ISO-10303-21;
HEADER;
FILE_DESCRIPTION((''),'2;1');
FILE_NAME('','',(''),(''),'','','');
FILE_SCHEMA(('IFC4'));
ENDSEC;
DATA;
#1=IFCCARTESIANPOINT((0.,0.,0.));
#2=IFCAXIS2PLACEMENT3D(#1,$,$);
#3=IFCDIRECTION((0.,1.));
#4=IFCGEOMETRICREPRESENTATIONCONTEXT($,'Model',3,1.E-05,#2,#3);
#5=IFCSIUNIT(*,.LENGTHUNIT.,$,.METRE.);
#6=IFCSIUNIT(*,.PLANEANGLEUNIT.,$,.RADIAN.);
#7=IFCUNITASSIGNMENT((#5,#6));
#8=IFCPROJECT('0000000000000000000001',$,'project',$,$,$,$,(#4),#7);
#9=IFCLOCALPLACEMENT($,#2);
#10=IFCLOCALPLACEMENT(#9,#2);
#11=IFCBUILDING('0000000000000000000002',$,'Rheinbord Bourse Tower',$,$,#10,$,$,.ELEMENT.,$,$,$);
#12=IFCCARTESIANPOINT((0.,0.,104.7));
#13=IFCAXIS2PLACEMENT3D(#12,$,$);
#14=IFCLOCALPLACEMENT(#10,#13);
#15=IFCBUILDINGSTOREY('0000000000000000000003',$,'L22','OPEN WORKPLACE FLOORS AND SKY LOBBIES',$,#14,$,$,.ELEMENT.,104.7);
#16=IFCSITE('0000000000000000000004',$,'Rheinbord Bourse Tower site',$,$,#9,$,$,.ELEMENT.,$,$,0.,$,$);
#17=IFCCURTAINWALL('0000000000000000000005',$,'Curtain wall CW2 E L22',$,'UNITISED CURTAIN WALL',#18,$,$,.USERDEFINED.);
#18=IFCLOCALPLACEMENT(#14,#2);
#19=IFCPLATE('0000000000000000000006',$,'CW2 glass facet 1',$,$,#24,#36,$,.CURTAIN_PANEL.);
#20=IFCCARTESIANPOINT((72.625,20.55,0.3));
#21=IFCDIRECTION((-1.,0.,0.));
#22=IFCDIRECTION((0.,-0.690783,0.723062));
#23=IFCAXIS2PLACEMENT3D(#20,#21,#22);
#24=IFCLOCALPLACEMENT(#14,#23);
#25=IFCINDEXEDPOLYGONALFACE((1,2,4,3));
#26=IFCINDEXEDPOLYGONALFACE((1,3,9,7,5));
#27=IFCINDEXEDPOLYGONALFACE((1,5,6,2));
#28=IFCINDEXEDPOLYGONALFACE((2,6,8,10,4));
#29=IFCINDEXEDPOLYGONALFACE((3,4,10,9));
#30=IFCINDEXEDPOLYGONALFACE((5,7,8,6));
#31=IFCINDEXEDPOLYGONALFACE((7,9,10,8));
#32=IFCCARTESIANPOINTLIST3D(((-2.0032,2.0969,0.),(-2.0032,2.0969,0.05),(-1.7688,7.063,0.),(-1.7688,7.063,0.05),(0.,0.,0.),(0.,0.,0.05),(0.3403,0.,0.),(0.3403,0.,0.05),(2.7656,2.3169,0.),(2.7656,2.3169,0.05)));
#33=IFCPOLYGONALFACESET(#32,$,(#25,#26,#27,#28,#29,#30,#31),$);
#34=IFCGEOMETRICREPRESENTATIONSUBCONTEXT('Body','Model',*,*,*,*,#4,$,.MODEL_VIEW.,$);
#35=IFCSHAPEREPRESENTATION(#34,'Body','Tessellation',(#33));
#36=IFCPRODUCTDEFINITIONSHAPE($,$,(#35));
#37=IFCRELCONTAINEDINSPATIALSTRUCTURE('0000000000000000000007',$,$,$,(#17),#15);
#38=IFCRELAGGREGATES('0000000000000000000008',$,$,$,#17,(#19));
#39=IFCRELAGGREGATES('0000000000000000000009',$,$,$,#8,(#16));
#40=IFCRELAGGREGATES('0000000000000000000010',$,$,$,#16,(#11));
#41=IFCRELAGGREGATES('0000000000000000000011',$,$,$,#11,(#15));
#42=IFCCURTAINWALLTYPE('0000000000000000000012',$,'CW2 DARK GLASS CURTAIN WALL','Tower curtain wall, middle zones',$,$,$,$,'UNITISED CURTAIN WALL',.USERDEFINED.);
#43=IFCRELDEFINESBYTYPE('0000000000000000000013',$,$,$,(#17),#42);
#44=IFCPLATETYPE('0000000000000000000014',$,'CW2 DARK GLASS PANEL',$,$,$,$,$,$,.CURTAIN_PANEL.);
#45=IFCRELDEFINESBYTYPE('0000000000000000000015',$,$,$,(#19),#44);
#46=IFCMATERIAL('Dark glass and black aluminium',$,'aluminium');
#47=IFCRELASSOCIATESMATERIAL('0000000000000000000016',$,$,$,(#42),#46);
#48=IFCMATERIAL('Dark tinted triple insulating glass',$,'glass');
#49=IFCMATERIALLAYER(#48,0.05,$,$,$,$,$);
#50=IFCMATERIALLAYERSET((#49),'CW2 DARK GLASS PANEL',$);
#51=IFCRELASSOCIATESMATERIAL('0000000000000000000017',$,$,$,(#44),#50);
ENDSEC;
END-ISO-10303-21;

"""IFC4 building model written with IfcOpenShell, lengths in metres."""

from ifc_helpers import new_model, si_unit, direction, frame, origin, place, context, subcontext, project, spatial, polyline, outline, extrude, material, layer, layer_set, type_object, element, aggregate, save


model = new_model("IFC4")

# Units and contexts
model_context = context("Model", 3, precision=1e-05, world=origin(), true_north=direction((0.0, 1.0)))
body_context = subcontext(model_context, "Body", "Model", "MODEL_VIEW")
ifc_project = project(units=[si_unit("LENGTHUNIT", "METRE"), si_unit("PLANEANGLEUNIT", "RADIAN")], contexts=[model_context])

# Site, building, storey
site_placement = place(None, origin())
site = spatial("IfcSite", under=ifc_project, at=site_placement, Name="Rheinbord Bourse Tower site", CompositionType="ELEMENT", RefElevation=0.0)
building_placement = place(site_placement, origin())
building = spatial("IfcBuilding", under=site, at=building_placement, Name="Rheinbord Bourse Tower", CompositionType="ELEMENT")
storey_placement = place(building_placement, frame((0.0, 0.0, 104.7)))
storey = spatial("IfcBuildingStorey", under=building, at=storey_placement, Name="L22", Description="OPEN WORKPLACE FLOORS AND SKY LOBBIES", CompositionType="ELEMENT", Elevation=104.7)

# Curtain wall
ifc_material_1 = material(Name="Dark glass and black aluminium", Category="aluminium")
curtain_wall_type = type_object("IfcCurtainWallType", Name="CW2 DARK GLASS CURTAIN WALL", Description="Tower curtain wall, middle zones", ElementType="UNITISED CURTAIN WALL", PredefinedType="USERDEFINED", material=ifc_material_1)
curtain_wall_placement = place(storey_placement, origin())
curtain_wall = element("IfcCurtainWall", 1, at=curtain_wall_placement, inside=storey, type_object=curtain_wall_type, Name="Curtain wall CW2 E L22", ObjectType="UNITISED CURTAIN WALL", PredefinedType="USERDEFINED")

# Plate
ifc_material_2 = material(Name="Dark tinted triple insulating glass", Category="glass")
ifc_layer_1 = layer(ifc_material_2, 0.05)
ifc_layer_set_1 = layer_set([ifc_layer_1], Name="CW2 DARK GLASS PANEL")
plate_type = type_object("IfcPlateType", Name="CW2 DARK GLASS PANEL", PredefinedType="CURTAIN_PANEL", material=ifc_layer_set_1)
plate_1_placement = place(storey_placement, frame((72.625, 20.55, 0.3), z_axis=(-1.0, 0.0, 0.0), x_axis=(0.0, -0.690783, 0.723062)))
plate_1 = element("IfcPlate", 2, at=plate_1_placement, type_object=plate_type, Name="CW2 glass facet 1", PredefinedType="CURTAIN_PANEL", context=body_context, shape_type="SweptSolid", body=[
    extrude(outline(polyline([(0.0, 0.0), (0.3403, 0.0), (2.7656, 2.3169), (-1.7688, 7.063), (-2.0032, 2.0969), (0.0, 0.0)])), origin(), (0.0, 0.0, 1.0), 0.05),
])
aggregate(curtain_wall, [plate_1])

save(model, "model.ifc")
